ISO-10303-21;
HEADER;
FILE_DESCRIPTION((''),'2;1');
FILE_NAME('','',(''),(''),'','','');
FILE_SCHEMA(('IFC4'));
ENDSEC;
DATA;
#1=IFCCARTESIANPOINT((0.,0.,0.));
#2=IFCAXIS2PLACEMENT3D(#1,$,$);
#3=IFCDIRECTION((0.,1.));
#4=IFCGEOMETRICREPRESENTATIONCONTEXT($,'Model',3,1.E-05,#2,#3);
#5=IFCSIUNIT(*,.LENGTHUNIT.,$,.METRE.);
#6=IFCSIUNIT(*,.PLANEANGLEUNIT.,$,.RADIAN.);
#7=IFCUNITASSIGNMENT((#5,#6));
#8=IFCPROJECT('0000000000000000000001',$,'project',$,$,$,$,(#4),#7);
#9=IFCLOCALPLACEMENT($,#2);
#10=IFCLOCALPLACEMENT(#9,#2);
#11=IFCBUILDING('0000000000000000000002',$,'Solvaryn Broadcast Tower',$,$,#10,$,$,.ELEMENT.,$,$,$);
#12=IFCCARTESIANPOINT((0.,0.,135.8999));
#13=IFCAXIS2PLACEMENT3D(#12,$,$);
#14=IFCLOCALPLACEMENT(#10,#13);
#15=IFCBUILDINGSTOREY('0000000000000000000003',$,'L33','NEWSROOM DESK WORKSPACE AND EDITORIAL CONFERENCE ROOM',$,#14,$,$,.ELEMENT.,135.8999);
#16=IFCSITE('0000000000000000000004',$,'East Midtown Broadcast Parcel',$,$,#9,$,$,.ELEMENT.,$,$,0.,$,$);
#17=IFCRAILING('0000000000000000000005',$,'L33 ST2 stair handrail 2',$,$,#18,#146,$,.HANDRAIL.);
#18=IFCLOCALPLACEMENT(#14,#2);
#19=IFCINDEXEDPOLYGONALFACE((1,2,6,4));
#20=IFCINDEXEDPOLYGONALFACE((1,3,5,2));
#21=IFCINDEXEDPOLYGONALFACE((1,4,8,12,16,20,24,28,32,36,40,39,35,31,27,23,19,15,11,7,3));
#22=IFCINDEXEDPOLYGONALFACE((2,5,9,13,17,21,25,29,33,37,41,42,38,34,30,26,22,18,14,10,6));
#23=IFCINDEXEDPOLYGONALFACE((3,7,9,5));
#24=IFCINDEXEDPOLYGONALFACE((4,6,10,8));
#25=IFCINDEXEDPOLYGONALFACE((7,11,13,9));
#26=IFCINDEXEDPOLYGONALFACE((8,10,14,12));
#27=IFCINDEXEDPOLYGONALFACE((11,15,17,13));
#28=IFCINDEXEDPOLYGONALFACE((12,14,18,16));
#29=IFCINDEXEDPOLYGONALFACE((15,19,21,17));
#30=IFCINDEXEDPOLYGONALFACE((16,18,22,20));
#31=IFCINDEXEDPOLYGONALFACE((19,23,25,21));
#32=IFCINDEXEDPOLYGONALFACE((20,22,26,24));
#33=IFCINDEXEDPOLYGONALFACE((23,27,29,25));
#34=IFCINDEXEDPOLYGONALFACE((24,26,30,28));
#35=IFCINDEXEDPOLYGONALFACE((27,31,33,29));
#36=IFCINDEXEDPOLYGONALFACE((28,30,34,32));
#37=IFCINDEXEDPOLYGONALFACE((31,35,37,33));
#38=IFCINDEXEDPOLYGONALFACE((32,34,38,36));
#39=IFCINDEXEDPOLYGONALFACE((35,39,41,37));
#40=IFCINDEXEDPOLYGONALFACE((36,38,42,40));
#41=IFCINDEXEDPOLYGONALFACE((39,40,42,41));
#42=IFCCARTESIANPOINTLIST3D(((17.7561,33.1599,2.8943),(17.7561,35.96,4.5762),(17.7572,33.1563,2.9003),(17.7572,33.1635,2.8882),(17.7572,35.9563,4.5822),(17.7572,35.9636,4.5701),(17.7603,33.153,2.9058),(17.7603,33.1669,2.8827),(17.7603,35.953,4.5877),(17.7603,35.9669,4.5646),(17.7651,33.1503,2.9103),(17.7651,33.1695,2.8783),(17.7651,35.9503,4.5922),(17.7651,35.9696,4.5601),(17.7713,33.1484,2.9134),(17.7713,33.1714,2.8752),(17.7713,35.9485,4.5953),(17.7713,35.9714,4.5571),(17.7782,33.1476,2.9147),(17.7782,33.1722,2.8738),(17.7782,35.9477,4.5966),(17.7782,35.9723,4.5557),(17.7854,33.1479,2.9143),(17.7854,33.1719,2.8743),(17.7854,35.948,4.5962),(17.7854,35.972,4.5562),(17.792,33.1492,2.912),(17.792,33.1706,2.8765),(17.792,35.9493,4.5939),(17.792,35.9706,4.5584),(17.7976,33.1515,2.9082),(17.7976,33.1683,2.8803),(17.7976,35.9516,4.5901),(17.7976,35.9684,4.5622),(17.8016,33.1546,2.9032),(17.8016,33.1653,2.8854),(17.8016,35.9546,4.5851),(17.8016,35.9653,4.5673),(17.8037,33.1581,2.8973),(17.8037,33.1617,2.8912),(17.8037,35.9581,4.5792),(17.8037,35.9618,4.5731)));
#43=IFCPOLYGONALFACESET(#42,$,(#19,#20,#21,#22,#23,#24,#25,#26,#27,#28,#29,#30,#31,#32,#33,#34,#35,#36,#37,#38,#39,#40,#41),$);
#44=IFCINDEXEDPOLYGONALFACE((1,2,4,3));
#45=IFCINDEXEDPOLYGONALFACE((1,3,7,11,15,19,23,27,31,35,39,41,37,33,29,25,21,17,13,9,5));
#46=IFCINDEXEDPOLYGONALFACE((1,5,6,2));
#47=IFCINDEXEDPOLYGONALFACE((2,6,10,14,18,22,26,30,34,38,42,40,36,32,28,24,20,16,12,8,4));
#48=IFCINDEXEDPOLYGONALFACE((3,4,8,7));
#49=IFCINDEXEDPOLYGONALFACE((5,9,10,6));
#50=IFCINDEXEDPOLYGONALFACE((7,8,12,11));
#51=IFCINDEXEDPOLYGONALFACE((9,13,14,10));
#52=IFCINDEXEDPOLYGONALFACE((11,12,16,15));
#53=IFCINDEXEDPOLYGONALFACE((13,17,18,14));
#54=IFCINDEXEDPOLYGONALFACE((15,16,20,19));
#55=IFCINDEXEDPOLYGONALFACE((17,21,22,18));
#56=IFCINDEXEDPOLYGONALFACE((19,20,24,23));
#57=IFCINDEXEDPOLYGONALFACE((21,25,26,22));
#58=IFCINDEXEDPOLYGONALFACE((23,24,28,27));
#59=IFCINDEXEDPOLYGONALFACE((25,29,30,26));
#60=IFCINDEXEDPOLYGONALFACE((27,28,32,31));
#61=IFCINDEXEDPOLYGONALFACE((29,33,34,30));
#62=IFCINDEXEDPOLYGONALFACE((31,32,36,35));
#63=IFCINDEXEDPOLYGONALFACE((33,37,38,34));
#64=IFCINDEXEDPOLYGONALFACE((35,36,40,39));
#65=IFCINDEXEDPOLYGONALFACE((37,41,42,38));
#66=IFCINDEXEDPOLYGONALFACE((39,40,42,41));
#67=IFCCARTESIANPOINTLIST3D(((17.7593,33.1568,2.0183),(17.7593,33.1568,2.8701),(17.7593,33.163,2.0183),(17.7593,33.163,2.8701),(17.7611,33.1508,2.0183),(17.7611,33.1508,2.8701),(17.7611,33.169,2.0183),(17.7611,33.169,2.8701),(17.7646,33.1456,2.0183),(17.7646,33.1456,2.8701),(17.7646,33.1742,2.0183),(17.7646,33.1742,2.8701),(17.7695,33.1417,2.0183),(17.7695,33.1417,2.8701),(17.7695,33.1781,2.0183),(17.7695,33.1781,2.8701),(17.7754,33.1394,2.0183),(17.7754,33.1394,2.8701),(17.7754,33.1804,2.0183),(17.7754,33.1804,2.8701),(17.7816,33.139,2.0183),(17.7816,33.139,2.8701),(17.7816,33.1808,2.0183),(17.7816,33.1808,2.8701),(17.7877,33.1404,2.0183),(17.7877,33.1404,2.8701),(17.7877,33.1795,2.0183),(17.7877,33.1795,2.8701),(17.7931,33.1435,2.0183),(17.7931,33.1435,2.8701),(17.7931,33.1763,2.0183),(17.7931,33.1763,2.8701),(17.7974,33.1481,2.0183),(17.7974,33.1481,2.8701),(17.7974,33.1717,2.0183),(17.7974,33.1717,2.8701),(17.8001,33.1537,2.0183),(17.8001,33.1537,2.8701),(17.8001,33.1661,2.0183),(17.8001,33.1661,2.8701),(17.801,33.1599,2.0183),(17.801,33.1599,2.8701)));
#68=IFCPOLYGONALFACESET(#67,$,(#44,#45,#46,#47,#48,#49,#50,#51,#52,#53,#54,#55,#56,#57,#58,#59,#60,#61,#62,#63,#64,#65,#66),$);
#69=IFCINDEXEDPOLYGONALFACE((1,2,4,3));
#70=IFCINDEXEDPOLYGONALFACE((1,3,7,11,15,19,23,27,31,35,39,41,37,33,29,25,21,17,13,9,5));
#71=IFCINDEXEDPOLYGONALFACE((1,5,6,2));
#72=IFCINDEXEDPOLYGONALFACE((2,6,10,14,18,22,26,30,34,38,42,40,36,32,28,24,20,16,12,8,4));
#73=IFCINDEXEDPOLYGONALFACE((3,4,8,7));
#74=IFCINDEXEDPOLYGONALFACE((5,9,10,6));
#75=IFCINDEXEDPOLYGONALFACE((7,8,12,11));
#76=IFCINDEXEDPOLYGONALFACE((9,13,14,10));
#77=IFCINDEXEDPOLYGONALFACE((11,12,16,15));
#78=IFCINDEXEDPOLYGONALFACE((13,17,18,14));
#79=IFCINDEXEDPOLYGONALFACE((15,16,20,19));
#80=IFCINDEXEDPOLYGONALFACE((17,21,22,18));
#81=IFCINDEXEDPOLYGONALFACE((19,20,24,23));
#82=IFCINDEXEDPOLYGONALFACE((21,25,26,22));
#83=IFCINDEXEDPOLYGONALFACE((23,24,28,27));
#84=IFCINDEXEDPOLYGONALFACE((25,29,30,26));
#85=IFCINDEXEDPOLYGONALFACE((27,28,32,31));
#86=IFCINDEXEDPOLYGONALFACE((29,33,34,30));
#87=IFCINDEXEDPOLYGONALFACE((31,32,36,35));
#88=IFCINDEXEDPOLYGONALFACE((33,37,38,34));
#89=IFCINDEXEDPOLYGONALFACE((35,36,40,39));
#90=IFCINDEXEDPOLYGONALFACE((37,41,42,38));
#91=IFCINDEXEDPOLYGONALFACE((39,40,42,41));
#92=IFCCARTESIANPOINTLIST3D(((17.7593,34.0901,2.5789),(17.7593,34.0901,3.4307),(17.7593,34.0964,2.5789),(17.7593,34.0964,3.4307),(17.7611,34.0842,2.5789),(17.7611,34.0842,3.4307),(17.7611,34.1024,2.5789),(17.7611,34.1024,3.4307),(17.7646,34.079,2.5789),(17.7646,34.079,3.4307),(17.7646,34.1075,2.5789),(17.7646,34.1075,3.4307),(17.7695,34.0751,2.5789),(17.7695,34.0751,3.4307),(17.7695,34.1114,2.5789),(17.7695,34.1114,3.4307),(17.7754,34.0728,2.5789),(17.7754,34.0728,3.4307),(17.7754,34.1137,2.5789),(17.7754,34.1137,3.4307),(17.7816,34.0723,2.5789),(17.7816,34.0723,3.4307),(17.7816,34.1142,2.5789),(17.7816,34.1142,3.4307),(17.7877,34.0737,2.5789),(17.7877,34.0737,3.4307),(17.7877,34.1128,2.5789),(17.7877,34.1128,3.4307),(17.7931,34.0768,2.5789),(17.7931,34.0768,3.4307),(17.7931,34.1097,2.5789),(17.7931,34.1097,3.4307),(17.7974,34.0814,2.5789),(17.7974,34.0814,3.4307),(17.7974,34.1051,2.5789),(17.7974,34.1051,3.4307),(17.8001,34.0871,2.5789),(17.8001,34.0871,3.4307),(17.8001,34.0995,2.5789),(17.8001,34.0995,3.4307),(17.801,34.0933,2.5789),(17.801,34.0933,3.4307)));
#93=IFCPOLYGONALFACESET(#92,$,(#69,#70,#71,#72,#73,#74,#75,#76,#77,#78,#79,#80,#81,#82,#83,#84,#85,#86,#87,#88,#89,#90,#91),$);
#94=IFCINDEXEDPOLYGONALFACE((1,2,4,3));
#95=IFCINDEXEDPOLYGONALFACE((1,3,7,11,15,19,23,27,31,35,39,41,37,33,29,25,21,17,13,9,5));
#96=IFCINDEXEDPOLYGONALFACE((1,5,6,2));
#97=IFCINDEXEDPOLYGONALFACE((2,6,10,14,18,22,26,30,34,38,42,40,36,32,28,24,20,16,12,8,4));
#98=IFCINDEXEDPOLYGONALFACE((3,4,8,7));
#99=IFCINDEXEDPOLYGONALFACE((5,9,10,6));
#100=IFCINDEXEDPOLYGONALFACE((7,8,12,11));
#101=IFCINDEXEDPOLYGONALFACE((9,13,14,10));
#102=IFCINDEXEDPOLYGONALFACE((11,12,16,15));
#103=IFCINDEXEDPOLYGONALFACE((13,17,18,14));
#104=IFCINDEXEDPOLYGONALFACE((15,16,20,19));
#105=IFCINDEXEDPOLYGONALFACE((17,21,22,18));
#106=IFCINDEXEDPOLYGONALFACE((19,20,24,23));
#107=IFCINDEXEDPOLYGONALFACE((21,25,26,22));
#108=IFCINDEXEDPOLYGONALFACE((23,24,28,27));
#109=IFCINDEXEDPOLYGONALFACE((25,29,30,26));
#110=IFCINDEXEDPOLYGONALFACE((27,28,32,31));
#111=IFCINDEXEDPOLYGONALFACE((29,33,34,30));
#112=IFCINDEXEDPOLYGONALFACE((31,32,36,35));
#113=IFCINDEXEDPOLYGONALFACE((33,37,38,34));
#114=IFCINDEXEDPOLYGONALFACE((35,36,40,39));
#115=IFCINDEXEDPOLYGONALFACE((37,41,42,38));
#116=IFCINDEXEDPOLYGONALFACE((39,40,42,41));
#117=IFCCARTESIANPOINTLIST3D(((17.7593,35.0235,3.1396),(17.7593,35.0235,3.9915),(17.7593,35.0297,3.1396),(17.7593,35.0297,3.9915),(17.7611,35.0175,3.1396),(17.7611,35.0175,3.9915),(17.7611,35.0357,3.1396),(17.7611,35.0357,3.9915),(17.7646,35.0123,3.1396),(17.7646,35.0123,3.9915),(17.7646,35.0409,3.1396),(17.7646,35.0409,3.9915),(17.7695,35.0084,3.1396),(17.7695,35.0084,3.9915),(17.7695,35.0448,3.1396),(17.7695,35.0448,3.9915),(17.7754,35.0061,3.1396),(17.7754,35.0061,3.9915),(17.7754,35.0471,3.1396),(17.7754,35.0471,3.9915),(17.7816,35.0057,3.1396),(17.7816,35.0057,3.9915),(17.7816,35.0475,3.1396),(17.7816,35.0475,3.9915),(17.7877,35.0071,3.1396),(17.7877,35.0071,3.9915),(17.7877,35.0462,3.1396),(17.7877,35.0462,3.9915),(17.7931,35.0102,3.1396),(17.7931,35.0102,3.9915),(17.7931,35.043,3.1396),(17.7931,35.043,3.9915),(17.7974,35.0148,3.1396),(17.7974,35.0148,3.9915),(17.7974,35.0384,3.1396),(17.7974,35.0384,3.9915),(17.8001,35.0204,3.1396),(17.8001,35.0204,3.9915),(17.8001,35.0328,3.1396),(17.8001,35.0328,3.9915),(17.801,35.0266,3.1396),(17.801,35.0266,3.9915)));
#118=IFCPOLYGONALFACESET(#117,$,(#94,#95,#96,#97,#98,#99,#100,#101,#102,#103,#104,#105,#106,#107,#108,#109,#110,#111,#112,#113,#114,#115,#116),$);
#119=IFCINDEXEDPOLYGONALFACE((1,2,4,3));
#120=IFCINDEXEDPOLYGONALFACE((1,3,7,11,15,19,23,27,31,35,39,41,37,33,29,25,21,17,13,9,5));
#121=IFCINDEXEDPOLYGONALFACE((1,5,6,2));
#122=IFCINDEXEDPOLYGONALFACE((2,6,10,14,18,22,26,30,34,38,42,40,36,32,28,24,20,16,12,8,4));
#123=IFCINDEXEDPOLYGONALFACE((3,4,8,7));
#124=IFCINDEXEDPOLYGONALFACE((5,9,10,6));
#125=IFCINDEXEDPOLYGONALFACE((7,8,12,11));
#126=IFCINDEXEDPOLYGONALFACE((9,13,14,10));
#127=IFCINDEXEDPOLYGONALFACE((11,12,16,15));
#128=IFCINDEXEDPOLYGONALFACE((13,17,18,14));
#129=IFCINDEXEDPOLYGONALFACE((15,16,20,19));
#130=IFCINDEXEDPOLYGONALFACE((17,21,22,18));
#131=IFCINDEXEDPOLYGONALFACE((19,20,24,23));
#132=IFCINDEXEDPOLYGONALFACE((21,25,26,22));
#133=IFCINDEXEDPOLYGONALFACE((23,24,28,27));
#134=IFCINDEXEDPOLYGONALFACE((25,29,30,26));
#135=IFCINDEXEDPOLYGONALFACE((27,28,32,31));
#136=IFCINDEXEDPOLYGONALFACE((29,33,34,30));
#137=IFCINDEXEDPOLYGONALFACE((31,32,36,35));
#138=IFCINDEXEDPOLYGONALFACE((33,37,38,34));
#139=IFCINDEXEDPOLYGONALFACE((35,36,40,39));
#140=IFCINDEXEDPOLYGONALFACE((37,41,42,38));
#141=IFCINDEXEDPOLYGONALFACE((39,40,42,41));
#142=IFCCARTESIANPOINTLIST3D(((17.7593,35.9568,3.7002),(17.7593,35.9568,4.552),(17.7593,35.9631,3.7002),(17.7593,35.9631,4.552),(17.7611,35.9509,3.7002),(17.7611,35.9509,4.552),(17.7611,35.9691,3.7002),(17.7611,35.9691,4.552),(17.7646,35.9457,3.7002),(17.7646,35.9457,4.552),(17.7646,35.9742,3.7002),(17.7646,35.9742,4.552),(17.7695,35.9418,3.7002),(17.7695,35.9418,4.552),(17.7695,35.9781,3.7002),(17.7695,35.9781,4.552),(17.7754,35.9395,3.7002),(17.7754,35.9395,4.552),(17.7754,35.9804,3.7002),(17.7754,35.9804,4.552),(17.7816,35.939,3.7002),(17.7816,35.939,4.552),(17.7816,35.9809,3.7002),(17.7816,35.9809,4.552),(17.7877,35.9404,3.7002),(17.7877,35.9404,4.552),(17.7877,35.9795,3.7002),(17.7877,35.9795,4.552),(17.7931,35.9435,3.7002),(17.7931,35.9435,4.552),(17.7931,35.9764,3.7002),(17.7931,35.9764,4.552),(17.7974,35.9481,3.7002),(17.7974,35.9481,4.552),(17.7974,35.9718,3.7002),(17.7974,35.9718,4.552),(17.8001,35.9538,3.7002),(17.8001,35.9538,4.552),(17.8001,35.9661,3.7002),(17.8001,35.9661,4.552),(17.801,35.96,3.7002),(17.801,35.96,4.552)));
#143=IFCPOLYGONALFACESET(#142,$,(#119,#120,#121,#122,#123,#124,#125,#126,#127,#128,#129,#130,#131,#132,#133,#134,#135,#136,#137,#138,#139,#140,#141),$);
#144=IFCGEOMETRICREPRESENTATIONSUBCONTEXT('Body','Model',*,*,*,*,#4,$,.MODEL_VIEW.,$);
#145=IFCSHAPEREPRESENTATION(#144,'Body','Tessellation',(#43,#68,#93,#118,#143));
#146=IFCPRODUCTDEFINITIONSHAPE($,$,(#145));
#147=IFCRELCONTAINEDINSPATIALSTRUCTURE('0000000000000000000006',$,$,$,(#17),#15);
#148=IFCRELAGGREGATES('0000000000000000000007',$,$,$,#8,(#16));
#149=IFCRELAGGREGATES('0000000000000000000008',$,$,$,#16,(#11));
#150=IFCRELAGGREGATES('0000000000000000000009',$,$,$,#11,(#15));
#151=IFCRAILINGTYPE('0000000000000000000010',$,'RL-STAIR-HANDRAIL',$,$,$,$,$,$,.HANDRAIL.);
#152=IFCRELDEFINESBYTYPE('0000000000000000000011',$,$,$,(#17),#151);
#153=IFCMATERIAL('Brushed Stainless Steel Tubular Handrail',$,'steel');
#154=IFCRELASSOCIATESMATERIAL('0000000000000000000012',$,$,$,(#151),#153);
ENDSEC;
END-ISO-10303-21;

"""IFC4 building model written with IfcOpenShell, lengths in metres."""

from ifc_helpers import new_model, si_unit, direction, frame, origin, origin_2d, place, context, subcontext, project, spatial, circle, extrude, material, type_object, element, save


model = new_model("IFC4")

# Units and contexts
model_context = context("Model", 3, precision=1e-05, world=origin(), true_north=direction((0.0, 1.0)))
body_context = subcontext(model_context, "Body", "Model", "MODEL_VIEW")
ifc_project = project(units=[si_unit("LENGTHUNIT", "METRE"), si_unit("PLANEANGLEUNIT", "RADIAN")], contexts=[model_context])

# Site, building, storey
site_placement = place(None, origin())
site = spatial("IfcSite", under=ifc_project, at=site_placement, Name="East Midtown Broadcast Parcel", CompositionType="ELEMENT", RefElevation=0.0)
building_placement = place(site_placement, origin())
building = spatial("IfcBuilding", under=site, at=building_placement, Name="Solvaryn Broadcast Tower", CompositionType="ELEMENT")
storey_placement = place(building_placement, frame((0.0, 0.0, 135.8999)))
storey = spatial("IfcBuildingStorey", under=building, at=storey_placement, Name="L33", Description="NEWSROOM DESK WORKSPACE AND EDITORIAL CONFERENCE ROOM", CompositionType="ELEMENT", Elevation=135.8999)

# Railing
ifc_material_1 = material(Name="Brushed Stainless Steel Tubular Handrail", Category="steel")
railing_type_1 = type_object("IfcRailingType", Name="RL-STAIR-HANDRAIL", PredefinedType="HANDRAIL", material=ifc_material_1)
railing_1_placement = place(storey_placement, frame((17.78, 33.1599, 2.0183)))
element("IfcRailing", 1, at=railing_1_placement, inside=storey, type_object=railing_type_1, Name="L33 ST2 stair handrail 2", PredefinedType="HANDRAIL", context=body_context, shape_type="SweptSolid", body=[
    extrude(circle(Radius=0.0239, at=origin_2d()), frame((0.0, 0.0, 0.876), z_axis=(0.0, 0.857242, 0.514913), x_axis=(-1.0, 0.0, 0.0)), (0.0, 0.0, 1.0), 3.2664),
    extrude(circle(Radius=0.021, at=origin_2d()), origin(), (0.0, 0.0, 1.0), 0.8518),
    extrude(circle(Radius=0.021, at=origin_2d()), frame((0.0, 0.9333, 0.5605)), (0.0, 0.0, 1.0), 0.8518),
    extrude(circle(Radius=0.021, at=origin_2d()), frame((0.0, 1.8667, 1.1213)), (0.0, 0.0, 1.0), 0.8518),
    extrude(circle(Radius=0.021, at=origin_2d()), frame((0.0, 2.8, 1.6819)), (0.0, 0.0, 1.0), 0.8518),
])

save(model, "model.ifc")
